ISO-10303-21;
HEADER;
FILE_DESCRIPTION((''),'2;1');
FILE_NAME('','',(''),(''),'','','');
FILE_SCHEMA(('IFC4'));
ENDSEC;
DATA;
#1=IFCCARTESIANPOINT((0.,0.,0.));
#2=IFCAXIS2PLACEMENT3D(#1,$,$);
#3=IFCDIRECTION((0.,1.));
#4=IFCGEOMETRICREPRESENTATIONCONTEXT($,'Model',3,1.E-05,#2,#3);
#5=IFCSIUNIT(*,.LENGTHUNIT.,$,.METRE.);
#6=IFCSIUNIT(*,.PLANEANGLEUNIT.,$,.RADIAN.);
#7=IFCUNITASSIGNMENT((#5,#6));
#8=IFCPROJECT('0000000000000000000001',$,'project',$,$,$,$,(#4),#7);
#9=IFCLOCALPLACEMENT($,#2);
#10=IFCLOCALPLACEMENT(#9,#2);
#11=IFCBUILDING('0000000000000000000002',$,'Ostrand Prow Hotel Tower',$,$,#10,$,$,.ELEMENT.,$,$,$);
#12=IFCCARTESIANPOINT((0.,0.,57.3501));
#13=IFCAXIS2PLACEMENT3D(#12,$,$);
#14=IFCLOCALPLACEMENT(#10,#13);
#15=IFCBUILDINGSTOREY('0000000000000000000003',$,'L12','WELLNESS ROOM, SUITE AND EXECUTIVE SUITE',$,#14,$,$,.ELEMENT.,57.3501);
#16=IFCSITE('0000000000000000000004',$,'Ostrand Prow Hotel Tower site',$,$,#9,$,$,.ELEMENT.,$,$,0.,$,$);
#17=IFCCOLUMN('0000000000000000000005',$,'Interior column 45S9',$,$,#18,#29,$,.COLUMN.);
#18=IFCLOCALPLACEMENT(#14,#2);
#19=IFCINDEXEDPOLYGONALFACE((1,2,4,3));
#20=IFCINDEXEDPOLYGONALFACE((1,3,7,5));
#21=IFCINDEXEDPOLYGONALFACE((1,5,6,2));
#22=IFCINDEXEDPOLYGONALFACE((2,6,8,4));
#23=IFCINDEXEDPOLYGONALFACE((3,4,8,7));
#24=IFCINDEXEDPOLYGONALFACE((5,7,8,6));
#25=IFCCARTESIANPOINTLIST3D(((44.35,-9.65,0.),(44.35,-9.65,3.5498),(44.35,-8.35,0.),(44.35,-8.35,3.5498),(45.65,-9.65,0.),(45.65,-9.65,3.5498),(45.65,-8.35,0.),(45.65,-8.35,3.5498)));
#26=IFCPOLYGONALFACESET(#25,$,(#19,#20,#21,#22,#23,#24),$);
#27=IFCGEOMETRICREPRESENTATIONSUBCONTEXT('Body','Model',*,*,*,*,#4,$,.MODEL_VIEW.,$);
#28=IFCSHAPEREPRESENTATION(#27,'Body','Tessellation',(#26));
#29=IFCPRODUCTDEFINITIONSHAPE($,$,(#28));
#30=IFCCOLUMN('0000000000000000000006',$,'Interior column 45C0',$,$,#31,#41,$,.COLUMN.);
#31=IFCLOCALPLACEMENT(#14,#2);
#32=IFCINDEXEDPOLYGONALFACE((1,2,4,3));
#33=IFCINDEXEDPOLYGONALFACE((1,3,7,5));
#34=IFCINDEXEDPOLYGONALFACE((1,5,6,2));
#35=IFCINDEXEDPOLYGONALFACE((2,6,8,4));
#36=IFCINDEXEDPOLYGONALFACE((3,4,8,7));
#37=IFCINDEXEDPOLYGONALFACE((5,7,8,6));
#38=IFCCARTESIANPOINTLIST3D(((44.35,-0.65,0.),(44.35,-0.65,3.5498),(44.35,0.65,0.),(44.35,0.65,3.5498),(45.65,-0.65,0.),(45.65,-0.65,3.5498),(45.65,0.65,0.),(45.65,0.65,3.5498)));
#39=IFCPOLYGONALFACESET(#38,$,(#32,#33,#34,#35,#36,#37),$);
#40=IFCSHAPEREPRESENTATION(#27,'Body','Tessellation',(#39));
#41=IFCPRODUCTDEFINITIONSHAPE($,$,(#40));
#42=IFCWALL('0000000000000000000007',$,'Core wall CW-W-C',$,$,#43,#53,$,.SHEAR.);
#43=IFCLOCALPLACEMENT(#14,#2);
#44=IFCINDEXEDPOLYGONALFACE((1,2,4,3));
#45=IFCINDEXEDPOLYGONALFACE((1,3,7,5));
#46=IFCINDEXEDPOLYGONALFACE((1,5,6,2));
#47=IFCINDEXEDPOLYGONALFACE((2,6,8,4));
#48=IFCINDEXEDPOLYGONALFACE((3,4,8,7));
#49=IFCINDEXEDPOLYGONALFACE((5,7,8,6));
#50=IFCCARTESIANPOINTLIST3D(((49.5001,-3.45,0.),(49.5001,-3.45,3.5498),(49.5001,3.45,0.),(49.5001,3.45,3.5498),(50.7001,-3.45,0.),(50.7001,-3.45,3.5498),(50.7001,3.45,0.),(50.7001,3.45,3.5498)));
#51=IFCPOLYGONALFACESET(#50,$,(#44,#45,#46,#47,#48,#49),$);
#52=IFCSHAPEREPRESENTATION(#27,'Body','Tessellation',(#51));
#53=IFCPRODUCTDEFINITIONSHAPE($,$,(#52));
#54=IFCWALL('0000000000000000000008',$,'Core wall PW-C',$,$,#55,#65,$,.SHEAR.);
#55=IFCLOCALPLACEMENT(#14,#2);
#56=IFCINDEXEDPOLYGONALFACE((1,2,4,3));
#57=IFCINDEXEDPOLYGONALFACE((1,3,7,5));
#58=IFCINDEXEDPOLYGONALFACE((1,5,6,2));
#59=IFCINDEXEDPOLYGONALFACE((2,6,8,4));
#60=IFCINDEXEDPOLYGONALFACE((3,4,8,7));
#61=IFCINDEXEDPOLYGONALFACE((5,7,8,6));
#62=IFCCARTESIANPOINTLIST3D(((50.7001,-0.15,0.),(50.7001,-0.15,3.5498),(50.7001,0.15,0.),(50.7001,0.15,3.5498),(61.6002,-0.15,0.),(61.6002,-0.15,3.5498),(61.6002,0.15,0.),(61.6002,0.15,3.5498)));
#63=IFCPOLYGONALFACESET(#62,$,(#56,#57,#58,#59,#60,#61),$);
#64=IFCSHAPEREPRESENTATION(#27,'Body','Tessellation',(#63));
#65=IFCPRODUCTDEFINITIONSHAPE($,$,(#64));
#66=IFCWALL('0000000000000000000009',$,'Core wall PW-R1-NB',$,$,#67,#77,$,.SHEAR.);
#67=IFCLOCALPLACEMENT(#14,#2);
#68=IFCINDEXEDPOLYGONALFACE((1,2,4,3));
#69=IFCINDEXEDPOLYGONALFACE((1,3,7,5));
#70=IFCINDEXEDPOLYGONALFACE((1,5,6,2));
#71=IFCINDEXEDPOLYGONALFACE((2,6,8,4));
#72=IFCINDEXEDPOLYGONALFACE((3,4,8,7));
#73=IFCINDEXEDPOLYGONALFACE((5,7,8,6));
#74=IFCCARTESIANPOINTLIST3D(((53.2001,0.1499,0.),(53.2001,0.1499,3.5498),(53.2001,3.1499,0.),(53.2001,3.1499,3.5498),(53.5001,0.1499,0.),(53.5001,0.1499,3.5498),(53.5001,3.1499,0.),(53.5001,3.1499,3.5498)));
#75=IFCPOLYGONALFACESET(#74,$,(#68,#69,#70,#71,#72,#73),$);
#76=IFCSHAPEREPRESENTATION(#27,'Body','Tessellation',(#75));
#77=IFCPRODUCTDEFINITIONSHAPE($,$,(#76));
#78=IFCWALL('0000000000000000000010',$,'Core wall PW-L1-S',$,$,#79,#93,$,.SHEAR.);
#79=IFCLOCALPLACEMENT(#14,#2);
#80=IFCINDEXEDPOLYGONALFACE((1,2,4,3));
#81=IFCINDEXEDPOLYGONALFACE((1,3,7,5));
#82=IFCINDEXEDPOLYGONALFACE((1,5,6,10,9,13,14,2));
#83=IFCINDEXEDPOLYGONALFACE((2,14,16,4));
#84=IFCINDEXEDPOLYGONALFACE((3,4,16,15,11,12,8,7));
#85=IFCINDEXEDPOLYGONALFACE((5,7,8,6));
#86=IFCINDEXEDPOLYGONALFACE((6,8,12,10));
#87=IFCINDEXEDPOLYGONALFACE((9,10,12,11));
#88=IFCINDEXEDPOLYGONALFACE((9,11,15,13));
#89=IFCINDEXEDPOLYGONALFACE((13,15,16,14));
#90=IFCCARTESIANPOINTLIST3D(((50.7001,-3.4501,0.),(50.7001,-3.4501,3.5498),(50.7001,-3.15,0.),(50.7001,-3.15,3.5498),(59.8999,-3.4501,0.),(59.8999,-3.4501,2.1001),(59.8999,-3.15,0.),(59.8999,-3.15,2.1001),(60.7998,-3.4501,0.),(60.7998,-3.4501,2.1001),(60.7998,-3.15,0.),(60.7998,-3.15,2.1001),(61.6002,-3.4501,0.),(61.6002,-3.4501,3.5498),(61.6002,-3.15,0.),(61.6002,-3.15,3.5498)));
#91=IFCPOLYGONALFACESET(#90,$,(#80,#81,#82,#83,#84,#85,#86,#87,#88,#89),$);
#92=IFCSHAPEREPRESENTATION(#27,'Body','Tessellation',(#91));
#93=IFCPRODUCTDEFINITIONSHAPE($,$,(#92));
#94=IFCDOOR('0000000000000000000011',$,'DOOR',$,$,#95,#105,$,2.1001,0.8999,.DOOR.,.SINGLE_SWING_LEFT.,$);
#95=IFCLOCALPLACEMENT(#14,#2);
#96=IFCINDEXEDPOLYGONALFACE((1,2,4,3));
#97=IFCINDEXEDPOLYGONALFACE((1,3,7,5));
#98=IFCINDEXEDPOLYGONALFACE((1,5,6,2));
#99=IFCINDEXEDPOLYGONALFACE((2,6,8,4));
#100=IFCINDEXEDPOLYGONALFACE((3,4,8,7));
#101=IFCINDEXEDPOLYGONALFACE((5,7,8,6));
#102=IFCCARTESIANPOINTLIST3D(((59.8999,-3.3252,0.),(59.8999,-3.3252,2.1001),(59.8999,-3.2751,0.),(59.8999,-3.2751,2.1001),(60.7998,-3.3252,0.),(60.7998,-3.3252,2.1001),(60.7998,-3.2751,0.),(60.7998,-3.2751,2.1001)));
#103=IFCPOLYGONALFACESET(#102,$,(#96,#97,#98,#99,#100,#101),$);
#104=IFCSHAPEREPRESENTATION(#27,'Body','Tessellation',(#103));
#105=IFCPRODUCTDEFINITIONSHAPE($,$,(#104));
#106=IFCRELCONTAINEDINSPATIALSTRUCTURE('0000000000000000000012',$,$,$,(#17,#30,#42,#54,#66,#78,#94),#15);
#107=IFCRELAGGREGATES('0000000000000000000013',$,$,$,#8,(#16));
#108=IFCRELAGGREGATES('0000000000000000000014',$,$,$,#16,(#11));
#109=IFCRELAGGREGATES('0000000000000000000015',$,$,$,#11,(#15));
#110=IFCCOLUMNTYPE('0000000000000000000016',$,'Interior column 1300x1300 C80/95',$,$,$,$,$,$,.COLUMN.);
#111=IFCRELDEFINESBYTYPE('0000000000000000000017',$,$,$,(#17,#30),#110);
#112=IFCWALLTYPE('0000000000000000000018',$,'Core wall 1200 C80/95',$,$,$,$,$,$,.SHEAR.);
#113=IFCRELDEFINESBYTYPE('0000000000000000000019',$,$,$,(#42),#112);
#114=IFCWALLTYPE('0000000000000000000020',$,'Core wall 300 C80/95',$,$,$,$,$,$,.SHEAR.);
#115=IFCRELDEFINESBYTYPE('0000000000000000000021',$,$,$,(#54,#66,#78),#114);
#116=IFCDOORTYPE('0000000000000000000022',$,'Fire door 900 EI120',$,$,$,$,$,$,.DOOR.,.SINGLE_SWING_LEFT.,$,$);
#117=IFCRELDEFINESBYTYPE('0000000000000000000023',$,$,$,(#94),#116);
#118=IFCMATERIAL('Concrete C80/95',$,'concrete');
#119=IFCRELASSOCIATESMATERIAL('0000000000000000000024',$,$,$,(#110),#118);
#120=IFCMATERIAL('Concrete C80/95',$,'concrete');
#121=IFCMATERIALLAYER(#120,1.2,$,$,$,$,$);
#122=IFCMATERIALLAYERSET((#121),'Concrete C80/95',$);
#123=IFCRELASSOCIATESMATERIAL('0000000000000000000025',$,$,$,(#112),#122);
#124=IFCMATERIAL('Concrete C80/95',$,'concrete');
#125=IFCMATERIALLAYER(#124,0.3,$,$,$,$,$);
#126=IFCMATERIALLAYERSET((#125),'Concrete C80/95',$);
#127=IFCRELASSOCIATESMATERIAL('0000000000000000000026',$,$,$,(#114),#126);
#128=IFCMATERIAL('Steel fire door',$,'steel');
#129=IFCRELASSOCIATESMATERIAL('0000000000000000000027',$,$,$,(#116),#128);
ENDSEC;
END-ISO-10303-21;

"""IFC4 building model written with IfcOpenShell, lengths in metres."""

from ifc_helpers import new_model, si_unit, direction, frame, frame_2d, origin, origin_2d, place, context, subcontext, project, spatial, rectangle, extrude, material, layer, layer_set, material_profile, profile_set, type_object, element, fill, save


model = new_model("IFC4")

# Units and contexts
model_context = context("Model", 3, precision=1e-05, world=origin(), true_north=direction((0.0, 1.0)))
body_context = subcontext(model_context, "Body", "Model", "MODEL_VIEW")
ifc_project = project(units=[si_unit("LENGTHUNIT", "METRE"), si_unit("PLANEANGLEUNIT", "RADIAN")], contexts=[model_context])

# Site, building, storey
site_placement = place(None, origin())
site = spatial("IfcSite", under=ifc_project, at=site_placement, Name="Ostrand Prow Hotel Tower site", CompositionType="ELEMENT", RefElevation=0.0)
building_placement = place(site_placement, origin())
building = spatial("IfcBuilding", under=site, at=building_placement, Name="Ostrand Prow Hotel Tower", CompositionType="ELEMENT")
storey_placement = place(building_placement, frame((0.0, 0.0, 57.3501)))
storey = spatial("IfcBuildingStorey", under=building, at=storey_placement, Name="L12", Description="WELLNESS ROOM, SUITE AND EXECUTIVE SUITE", CompositionType="ELEMENT", Elevation=57.3501)

# Columns
ifc_material_1 = material(Name="Concrete C80/95", Category="concrete")
ifc_material_profile = material_profile(ifc_material_1, rectangle(XDim=1.3, YDim=1.3, at=origin_2d()), Name="RC 1300x1300")
ifc_profile_set = profile_set([ifc_material_profile], Name="Concrete C80/95")
column_type = type_object("IfcColumnType", Name="Interior column 1300x1300 C80/95", PredefinedType="COLUMN", material=ifc_profile_set)
for number, where, z_axis, x_axis, name in (
    (1, (45.0, -9.0, 0.0), (0.0, 0.0, 1.0), (1.0, 0.0, 0.0), "Interior column 45S9"),
    (2, (45.0, 0.0, 0.0), (0.0, 0.0, 1.0), (1.0, 0.0, 0.0), "Interior column 45C0"),
):
    element("IfcColumn", number, at=place(storey_placement, frame(where, z_axis=z_axis, x_axis=x_axis)), inside=storey, type_object=column_type, Name=name, PredefinedType="COLUMN", context=body_context, shape_type="SweptSolid", body=[
        extrude(rectangle(XDim=1.3, YDim=1.3, at=origin_2d()), origin(), (0.0, 0.0, 1.0), 3.5498),
    ])

# Walls
ifc_material_2 = material(Name="Concrete C80/95", Category="concrete")
ifc_layer_1 = layer(ifc_material_2, 1.2)
ifc_layer_set_1 = layer_set([ifc_layer_1], Name="Concrete C80/95")
wall_type_1 = type_object("IfcWallType", Name="Core wall 1200 C80/95", PredefinedType="SHEAR", material=ifc_layer_set_1)
wall_1_placement = place(storey_placement, frame((50.1001, -3.45, 0.0), z_axis=(0.0, 0.0, 1.0), x_axis=(0.0, 1.0, 0.0)))
element("IfcWall", 3, at=wall_1_placement, inside=storey, type_object=wall_type_1, Name="Core wall CW-W-C", PredefinedType="SHEAR", context=body_context, shape_type="SweptSolid", body=[
    extrude(rectangle(XDim=6.8999, YDim=1.2, at=frame_2d((3.45, 0.0))), origin(), (0.0, 0.0, 1.0), 3.5498),
])
ifc_material_3 = material(Name="Concrete C80/95", Category="concrete")
ifc_layer_2 = layer(ifc_material_3, 0.3)
ifc_layer_set_2 = layer_set([ifc_layer_2], Name="Concrete C80/95")
wall_type_2 = type_object("IfcWallType", Name="Core wall 300 C80/95", PredefinedType="SHEAR", material=ifc_layer_set_2)
wall_2_placement = place(storey_placement, frame((50.7, 0.0, 0.0), z_axis=(0.0, 0.0, 1.0), x_axis=(1.0, 0.0, 0.0)))
element("IfcWall", 4, at=wall_2_placement, inside=storey, type_object=wall_type_2, Name="Core wall PW-C", PredefinedType="SHEAR", context=body_context, shape_type="SweptSolid", body=[
    extrude(rectangle(XDim=10.9001, YDim=0.3, at=frame_2d((5.4502, 0.0))), origin(), (0.0, 0.0, 1.0), 3.5498),
])
wall_3_placement = place(storey_placement, frame((53.3501, 0.1499, 0.0), z_axis=(0.0, 0.0, 1.0), x_axis=(0.0, 1.0, 0.0)))
element("IfcWall", 5, at=wall_3_placement, inside=storey, type_object=wall_type_2, Name="Core wall PW-R1-NB", PredefinedType="SHEAR", context=body_context, shape_type="SweptSolid", body=[
    extrude(rectangle(XDim=3.0, YDim=0.3, at=frame_2d((1.5, 0.0))), origin(), (0.0, 0.0, 1.0), 3.5498),
])

# Wall, opening, door
wall_4_placement = place(storey_placement, frame((50.7, -3.3, 0.0), z_axis=(0.0, 0.0, 1.0), x_axis=(1.0, 0.0, 0.0)))
wall_4 = element("IfcWall", 6, at=wall_4_placement, inside=storey, type_object=wall_type_2, Name="Core wall PW-L1-S", PredefinedType="SHEAR", context=body_context, shape_type="SweptSolid", body=[
    extrude(rectangle(XDim=10.9001, YDim=0.3, at=frame_2d((5.4502, 0.0))), origin(), (0.0, 0.0, 1.0), 3.5498),
])
opening_1_placement = place(wall_4_placement, frame((9.2, 0.0, 0.0)))
opening_1 = element("IfcOpeningElement", 7, at=opening_1_placement, cuts=wall_4, PredefinedType="OPENING", context=body_context, shape_type="SweptSolid", body=[
    extrude(rectangle(XDim=0.8999, YDim=2.1001, at=frame_2d((0.45, 1.05))), frame((0.0, 0.1599, 0.0), z_axis=(0.0, -1.0, 0.0), x_axis=(1.0, 0.0, 0.0)), (0.0, 0.0, 1.0), 0.3201),
])
ifc_material_4 = material(Name="Steel fire door", Category="steel")
door_type_1 = type_object("IfcDoorType", Name="Fire door 900 EI120", OperationType="SINGLE_SWING_LEFT", PredefinedType="DOOR", material=ifc_material_4)
door_1_placement = place(opening_1_placement, origin())
door_1 = element("IfcDoor", 8, at=door_1_placement, inside=storey, type_object=door_type_1, Name="DOOR", OperationType="SINGLE_SWING_LEFT", OverallHeight=2.1001, OverallWidth=0.8999, PredefinedType="DOOR", context=body_context, shape_type="SweptSolid", body=[
    extrude(rectangle(XDim=0.8999, YDim=2.1001, at=frame_2d((0.45, 1.05))), frame((0.0, 0.0249, 0.0), z_axis=(0.0, -1.0, 0.0), x_axis=(1.0, 0.0, 0.0)), (0.0, 0.0, 1.0), 0.05),
])
fill(opening_1, door_1)

save(model, "model.ifc")
